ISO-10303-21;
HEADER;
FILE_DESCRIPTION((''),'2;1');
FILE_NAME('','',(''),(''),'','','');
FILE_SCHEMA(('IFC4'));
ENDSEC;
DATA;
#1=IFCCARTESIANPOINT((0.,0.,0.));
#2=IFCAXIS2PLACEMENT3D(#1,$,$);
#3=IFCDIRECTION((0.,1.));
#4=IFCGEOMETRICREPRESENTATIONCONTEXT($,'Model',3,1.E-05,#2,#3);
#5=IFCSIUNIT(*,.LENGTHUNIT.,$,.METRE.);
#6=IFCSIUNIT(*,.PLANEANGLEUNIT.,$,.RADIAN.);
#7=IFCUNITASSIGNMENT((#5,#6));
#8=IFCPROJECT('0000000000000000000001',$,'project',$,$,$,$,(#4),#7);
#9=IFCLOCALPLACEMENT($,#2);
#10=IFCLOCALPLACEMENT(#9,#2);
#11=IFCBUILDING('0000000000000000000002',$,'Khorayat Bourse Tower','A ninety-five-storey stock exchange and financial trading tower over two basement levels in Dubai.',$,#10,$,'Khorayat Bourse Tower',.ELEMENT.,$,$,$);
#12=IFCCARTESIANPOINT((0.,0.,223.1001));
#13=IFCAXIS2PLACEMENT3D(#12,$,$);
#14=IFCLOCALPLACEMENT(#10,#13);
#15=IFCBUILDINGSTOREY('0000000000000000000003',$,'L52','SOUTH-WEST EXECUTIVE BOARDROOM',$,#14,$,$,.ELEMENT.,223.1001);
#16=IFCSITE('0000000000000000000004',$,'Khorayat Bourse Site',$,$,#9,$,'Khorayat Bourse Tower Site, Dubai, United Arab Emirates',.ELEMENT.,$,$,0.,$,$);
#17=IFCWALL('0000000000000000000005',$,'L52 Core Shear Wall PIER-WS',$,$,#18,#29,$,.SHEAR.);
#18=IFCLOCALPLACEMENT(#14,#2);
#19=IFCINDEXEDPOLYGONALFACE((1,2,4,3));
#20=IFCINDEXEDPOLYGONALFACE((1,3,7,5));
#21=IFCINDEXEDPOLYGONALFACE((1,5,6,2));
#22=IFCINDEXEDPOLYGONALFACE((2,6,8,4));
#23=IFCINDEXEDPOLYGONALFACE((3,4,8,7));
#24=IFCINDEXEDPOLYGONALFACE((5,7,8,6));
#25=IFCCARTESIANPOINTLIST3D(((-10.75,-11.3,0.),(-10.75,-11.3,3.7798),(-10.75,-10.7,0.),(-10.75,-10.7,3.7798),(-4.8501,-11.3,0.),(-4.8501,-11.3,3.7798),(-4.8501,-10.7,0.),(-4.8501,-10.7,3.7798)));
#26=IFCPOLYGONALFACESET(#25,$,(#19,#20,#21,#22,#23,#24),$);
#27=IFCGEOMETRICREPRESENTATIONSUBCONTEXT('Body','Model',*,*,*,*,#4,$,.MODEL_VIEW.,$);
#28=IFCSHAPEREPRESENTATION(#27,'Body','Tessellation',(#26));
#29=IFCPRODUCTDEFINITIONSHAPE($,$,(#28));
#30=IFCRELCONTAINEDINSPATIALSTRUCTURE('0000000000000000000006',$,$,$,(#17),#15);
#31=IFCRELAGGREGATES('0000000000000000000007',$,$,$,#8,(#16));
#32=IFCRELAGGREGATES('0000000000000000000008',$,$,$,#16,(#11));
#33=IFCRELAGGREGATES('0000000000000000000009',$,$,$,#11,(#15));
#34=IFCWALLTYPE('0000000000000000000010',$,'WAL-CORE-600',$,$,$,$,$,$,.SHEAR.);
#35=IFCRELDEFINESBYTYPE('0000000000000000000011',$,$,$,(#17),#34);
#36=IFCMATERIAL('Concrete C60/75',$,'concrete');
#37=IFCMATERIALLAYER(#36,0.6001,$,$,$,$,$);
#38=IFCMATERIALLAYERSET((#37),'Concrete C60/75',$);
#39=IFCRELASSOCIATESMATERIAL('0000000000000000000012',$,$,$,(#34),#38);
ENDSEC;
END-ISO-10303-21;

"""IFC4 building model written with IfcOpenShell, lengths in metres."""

from ifc_helpers import new_model, si_unit, direction, frame, frame_2d, origin, place, context, subcontext, project, spatial, rectangle, extrude, source, transform, mapped, material, layer, layer_set, type_object, element, save


model = new_model("IFC4")

# Units and contexts
model_context = context("Model", 3, precision=1e-05, world=origin(), true_north=direction((0.0, 1.0)))
body_context = subcontext(model_context, "Body", "Model", "MODEL_VIEW")
ifc_project = project(units=[si_unit("LENGTHUNIT", "METRE"), si_unit("PLANEANGLEUNIT", "RADIAN")], contexts=[model_context])

# Site, building, storey
site_placement = place(None, origin())
site = spatial("IfcSite", under=ifc_project, at=site_placement, Name="Khorayat Bourse Site", LongName="Khorayat Bourse Tower Site, Dubai, United Arab Emirates", CompositionType="ELEMENT", RefElevation=0.0)
building_placement = place(site_placement, origin())
building = spatial("IfcBuilding", under=site, at=building_placement, Name="Khorayat Bourse Tower", Description="A ninety-five-storey stock exchange and financial trading tower over two basement levels in Dubai.", LongName="Khorayat Bourse Tower", CompositionType="ELEMENT")
storey_placement = place(building_placement, frame((0.0, 0.0, 223.1001)))
storey = spatial("IfcBuildingStorey", under=building, at=storey_placement, Name="L52", Description="SOUTH-WEST EXECUTIVE BOARDROOM", CompositionType="ELEMENT", Elevation=223.1001)

# Shared definitions
ifc_material_1 = material(Name="Concrete C60/75", Category="concrete")

# Wall
ifc_layer_1 = layer(ifc_material_1, 0.6001)
ifc_layer_set_1 = layer_set([ifc_layer_1], Name="Concrete C60/75")
wall_type_1 = type_object("IfcWallType", Name="WAL-CORE-600", PredefinedType="SHEAR", material=ifc_layer_set_1)
shared_shape_1 = source(origin(), body_context, "Body", "SweptSolid", [
    extrude(rectangle(XDim=5.8999, YDim=0.6001, at=frame_2d((2.95, 0.0))), origin(), (0.0, 0.0, 1.0), 3.7798),
])
wall_1_placement = place(storey_placement, frame((-10.75, -11.0, 0.0), z_axis=(0.0, 0.0, 1.0), x_axis=(1.0, 0.0, 0.0)))
element("IfcWall", 1, at=wall_1_placement, inside=storey, type_object=wall_type_1, Name="L52 Core Shear Wall PIER-WS", PredefinedType="SHEAR", context=body_context, shape_type="MappedRepresentation", body=[
    mapped(shared_shape_1, transform((0.0, 0.0, 0.0), scale=1.0)),
])

save(model, "model.ifc")
